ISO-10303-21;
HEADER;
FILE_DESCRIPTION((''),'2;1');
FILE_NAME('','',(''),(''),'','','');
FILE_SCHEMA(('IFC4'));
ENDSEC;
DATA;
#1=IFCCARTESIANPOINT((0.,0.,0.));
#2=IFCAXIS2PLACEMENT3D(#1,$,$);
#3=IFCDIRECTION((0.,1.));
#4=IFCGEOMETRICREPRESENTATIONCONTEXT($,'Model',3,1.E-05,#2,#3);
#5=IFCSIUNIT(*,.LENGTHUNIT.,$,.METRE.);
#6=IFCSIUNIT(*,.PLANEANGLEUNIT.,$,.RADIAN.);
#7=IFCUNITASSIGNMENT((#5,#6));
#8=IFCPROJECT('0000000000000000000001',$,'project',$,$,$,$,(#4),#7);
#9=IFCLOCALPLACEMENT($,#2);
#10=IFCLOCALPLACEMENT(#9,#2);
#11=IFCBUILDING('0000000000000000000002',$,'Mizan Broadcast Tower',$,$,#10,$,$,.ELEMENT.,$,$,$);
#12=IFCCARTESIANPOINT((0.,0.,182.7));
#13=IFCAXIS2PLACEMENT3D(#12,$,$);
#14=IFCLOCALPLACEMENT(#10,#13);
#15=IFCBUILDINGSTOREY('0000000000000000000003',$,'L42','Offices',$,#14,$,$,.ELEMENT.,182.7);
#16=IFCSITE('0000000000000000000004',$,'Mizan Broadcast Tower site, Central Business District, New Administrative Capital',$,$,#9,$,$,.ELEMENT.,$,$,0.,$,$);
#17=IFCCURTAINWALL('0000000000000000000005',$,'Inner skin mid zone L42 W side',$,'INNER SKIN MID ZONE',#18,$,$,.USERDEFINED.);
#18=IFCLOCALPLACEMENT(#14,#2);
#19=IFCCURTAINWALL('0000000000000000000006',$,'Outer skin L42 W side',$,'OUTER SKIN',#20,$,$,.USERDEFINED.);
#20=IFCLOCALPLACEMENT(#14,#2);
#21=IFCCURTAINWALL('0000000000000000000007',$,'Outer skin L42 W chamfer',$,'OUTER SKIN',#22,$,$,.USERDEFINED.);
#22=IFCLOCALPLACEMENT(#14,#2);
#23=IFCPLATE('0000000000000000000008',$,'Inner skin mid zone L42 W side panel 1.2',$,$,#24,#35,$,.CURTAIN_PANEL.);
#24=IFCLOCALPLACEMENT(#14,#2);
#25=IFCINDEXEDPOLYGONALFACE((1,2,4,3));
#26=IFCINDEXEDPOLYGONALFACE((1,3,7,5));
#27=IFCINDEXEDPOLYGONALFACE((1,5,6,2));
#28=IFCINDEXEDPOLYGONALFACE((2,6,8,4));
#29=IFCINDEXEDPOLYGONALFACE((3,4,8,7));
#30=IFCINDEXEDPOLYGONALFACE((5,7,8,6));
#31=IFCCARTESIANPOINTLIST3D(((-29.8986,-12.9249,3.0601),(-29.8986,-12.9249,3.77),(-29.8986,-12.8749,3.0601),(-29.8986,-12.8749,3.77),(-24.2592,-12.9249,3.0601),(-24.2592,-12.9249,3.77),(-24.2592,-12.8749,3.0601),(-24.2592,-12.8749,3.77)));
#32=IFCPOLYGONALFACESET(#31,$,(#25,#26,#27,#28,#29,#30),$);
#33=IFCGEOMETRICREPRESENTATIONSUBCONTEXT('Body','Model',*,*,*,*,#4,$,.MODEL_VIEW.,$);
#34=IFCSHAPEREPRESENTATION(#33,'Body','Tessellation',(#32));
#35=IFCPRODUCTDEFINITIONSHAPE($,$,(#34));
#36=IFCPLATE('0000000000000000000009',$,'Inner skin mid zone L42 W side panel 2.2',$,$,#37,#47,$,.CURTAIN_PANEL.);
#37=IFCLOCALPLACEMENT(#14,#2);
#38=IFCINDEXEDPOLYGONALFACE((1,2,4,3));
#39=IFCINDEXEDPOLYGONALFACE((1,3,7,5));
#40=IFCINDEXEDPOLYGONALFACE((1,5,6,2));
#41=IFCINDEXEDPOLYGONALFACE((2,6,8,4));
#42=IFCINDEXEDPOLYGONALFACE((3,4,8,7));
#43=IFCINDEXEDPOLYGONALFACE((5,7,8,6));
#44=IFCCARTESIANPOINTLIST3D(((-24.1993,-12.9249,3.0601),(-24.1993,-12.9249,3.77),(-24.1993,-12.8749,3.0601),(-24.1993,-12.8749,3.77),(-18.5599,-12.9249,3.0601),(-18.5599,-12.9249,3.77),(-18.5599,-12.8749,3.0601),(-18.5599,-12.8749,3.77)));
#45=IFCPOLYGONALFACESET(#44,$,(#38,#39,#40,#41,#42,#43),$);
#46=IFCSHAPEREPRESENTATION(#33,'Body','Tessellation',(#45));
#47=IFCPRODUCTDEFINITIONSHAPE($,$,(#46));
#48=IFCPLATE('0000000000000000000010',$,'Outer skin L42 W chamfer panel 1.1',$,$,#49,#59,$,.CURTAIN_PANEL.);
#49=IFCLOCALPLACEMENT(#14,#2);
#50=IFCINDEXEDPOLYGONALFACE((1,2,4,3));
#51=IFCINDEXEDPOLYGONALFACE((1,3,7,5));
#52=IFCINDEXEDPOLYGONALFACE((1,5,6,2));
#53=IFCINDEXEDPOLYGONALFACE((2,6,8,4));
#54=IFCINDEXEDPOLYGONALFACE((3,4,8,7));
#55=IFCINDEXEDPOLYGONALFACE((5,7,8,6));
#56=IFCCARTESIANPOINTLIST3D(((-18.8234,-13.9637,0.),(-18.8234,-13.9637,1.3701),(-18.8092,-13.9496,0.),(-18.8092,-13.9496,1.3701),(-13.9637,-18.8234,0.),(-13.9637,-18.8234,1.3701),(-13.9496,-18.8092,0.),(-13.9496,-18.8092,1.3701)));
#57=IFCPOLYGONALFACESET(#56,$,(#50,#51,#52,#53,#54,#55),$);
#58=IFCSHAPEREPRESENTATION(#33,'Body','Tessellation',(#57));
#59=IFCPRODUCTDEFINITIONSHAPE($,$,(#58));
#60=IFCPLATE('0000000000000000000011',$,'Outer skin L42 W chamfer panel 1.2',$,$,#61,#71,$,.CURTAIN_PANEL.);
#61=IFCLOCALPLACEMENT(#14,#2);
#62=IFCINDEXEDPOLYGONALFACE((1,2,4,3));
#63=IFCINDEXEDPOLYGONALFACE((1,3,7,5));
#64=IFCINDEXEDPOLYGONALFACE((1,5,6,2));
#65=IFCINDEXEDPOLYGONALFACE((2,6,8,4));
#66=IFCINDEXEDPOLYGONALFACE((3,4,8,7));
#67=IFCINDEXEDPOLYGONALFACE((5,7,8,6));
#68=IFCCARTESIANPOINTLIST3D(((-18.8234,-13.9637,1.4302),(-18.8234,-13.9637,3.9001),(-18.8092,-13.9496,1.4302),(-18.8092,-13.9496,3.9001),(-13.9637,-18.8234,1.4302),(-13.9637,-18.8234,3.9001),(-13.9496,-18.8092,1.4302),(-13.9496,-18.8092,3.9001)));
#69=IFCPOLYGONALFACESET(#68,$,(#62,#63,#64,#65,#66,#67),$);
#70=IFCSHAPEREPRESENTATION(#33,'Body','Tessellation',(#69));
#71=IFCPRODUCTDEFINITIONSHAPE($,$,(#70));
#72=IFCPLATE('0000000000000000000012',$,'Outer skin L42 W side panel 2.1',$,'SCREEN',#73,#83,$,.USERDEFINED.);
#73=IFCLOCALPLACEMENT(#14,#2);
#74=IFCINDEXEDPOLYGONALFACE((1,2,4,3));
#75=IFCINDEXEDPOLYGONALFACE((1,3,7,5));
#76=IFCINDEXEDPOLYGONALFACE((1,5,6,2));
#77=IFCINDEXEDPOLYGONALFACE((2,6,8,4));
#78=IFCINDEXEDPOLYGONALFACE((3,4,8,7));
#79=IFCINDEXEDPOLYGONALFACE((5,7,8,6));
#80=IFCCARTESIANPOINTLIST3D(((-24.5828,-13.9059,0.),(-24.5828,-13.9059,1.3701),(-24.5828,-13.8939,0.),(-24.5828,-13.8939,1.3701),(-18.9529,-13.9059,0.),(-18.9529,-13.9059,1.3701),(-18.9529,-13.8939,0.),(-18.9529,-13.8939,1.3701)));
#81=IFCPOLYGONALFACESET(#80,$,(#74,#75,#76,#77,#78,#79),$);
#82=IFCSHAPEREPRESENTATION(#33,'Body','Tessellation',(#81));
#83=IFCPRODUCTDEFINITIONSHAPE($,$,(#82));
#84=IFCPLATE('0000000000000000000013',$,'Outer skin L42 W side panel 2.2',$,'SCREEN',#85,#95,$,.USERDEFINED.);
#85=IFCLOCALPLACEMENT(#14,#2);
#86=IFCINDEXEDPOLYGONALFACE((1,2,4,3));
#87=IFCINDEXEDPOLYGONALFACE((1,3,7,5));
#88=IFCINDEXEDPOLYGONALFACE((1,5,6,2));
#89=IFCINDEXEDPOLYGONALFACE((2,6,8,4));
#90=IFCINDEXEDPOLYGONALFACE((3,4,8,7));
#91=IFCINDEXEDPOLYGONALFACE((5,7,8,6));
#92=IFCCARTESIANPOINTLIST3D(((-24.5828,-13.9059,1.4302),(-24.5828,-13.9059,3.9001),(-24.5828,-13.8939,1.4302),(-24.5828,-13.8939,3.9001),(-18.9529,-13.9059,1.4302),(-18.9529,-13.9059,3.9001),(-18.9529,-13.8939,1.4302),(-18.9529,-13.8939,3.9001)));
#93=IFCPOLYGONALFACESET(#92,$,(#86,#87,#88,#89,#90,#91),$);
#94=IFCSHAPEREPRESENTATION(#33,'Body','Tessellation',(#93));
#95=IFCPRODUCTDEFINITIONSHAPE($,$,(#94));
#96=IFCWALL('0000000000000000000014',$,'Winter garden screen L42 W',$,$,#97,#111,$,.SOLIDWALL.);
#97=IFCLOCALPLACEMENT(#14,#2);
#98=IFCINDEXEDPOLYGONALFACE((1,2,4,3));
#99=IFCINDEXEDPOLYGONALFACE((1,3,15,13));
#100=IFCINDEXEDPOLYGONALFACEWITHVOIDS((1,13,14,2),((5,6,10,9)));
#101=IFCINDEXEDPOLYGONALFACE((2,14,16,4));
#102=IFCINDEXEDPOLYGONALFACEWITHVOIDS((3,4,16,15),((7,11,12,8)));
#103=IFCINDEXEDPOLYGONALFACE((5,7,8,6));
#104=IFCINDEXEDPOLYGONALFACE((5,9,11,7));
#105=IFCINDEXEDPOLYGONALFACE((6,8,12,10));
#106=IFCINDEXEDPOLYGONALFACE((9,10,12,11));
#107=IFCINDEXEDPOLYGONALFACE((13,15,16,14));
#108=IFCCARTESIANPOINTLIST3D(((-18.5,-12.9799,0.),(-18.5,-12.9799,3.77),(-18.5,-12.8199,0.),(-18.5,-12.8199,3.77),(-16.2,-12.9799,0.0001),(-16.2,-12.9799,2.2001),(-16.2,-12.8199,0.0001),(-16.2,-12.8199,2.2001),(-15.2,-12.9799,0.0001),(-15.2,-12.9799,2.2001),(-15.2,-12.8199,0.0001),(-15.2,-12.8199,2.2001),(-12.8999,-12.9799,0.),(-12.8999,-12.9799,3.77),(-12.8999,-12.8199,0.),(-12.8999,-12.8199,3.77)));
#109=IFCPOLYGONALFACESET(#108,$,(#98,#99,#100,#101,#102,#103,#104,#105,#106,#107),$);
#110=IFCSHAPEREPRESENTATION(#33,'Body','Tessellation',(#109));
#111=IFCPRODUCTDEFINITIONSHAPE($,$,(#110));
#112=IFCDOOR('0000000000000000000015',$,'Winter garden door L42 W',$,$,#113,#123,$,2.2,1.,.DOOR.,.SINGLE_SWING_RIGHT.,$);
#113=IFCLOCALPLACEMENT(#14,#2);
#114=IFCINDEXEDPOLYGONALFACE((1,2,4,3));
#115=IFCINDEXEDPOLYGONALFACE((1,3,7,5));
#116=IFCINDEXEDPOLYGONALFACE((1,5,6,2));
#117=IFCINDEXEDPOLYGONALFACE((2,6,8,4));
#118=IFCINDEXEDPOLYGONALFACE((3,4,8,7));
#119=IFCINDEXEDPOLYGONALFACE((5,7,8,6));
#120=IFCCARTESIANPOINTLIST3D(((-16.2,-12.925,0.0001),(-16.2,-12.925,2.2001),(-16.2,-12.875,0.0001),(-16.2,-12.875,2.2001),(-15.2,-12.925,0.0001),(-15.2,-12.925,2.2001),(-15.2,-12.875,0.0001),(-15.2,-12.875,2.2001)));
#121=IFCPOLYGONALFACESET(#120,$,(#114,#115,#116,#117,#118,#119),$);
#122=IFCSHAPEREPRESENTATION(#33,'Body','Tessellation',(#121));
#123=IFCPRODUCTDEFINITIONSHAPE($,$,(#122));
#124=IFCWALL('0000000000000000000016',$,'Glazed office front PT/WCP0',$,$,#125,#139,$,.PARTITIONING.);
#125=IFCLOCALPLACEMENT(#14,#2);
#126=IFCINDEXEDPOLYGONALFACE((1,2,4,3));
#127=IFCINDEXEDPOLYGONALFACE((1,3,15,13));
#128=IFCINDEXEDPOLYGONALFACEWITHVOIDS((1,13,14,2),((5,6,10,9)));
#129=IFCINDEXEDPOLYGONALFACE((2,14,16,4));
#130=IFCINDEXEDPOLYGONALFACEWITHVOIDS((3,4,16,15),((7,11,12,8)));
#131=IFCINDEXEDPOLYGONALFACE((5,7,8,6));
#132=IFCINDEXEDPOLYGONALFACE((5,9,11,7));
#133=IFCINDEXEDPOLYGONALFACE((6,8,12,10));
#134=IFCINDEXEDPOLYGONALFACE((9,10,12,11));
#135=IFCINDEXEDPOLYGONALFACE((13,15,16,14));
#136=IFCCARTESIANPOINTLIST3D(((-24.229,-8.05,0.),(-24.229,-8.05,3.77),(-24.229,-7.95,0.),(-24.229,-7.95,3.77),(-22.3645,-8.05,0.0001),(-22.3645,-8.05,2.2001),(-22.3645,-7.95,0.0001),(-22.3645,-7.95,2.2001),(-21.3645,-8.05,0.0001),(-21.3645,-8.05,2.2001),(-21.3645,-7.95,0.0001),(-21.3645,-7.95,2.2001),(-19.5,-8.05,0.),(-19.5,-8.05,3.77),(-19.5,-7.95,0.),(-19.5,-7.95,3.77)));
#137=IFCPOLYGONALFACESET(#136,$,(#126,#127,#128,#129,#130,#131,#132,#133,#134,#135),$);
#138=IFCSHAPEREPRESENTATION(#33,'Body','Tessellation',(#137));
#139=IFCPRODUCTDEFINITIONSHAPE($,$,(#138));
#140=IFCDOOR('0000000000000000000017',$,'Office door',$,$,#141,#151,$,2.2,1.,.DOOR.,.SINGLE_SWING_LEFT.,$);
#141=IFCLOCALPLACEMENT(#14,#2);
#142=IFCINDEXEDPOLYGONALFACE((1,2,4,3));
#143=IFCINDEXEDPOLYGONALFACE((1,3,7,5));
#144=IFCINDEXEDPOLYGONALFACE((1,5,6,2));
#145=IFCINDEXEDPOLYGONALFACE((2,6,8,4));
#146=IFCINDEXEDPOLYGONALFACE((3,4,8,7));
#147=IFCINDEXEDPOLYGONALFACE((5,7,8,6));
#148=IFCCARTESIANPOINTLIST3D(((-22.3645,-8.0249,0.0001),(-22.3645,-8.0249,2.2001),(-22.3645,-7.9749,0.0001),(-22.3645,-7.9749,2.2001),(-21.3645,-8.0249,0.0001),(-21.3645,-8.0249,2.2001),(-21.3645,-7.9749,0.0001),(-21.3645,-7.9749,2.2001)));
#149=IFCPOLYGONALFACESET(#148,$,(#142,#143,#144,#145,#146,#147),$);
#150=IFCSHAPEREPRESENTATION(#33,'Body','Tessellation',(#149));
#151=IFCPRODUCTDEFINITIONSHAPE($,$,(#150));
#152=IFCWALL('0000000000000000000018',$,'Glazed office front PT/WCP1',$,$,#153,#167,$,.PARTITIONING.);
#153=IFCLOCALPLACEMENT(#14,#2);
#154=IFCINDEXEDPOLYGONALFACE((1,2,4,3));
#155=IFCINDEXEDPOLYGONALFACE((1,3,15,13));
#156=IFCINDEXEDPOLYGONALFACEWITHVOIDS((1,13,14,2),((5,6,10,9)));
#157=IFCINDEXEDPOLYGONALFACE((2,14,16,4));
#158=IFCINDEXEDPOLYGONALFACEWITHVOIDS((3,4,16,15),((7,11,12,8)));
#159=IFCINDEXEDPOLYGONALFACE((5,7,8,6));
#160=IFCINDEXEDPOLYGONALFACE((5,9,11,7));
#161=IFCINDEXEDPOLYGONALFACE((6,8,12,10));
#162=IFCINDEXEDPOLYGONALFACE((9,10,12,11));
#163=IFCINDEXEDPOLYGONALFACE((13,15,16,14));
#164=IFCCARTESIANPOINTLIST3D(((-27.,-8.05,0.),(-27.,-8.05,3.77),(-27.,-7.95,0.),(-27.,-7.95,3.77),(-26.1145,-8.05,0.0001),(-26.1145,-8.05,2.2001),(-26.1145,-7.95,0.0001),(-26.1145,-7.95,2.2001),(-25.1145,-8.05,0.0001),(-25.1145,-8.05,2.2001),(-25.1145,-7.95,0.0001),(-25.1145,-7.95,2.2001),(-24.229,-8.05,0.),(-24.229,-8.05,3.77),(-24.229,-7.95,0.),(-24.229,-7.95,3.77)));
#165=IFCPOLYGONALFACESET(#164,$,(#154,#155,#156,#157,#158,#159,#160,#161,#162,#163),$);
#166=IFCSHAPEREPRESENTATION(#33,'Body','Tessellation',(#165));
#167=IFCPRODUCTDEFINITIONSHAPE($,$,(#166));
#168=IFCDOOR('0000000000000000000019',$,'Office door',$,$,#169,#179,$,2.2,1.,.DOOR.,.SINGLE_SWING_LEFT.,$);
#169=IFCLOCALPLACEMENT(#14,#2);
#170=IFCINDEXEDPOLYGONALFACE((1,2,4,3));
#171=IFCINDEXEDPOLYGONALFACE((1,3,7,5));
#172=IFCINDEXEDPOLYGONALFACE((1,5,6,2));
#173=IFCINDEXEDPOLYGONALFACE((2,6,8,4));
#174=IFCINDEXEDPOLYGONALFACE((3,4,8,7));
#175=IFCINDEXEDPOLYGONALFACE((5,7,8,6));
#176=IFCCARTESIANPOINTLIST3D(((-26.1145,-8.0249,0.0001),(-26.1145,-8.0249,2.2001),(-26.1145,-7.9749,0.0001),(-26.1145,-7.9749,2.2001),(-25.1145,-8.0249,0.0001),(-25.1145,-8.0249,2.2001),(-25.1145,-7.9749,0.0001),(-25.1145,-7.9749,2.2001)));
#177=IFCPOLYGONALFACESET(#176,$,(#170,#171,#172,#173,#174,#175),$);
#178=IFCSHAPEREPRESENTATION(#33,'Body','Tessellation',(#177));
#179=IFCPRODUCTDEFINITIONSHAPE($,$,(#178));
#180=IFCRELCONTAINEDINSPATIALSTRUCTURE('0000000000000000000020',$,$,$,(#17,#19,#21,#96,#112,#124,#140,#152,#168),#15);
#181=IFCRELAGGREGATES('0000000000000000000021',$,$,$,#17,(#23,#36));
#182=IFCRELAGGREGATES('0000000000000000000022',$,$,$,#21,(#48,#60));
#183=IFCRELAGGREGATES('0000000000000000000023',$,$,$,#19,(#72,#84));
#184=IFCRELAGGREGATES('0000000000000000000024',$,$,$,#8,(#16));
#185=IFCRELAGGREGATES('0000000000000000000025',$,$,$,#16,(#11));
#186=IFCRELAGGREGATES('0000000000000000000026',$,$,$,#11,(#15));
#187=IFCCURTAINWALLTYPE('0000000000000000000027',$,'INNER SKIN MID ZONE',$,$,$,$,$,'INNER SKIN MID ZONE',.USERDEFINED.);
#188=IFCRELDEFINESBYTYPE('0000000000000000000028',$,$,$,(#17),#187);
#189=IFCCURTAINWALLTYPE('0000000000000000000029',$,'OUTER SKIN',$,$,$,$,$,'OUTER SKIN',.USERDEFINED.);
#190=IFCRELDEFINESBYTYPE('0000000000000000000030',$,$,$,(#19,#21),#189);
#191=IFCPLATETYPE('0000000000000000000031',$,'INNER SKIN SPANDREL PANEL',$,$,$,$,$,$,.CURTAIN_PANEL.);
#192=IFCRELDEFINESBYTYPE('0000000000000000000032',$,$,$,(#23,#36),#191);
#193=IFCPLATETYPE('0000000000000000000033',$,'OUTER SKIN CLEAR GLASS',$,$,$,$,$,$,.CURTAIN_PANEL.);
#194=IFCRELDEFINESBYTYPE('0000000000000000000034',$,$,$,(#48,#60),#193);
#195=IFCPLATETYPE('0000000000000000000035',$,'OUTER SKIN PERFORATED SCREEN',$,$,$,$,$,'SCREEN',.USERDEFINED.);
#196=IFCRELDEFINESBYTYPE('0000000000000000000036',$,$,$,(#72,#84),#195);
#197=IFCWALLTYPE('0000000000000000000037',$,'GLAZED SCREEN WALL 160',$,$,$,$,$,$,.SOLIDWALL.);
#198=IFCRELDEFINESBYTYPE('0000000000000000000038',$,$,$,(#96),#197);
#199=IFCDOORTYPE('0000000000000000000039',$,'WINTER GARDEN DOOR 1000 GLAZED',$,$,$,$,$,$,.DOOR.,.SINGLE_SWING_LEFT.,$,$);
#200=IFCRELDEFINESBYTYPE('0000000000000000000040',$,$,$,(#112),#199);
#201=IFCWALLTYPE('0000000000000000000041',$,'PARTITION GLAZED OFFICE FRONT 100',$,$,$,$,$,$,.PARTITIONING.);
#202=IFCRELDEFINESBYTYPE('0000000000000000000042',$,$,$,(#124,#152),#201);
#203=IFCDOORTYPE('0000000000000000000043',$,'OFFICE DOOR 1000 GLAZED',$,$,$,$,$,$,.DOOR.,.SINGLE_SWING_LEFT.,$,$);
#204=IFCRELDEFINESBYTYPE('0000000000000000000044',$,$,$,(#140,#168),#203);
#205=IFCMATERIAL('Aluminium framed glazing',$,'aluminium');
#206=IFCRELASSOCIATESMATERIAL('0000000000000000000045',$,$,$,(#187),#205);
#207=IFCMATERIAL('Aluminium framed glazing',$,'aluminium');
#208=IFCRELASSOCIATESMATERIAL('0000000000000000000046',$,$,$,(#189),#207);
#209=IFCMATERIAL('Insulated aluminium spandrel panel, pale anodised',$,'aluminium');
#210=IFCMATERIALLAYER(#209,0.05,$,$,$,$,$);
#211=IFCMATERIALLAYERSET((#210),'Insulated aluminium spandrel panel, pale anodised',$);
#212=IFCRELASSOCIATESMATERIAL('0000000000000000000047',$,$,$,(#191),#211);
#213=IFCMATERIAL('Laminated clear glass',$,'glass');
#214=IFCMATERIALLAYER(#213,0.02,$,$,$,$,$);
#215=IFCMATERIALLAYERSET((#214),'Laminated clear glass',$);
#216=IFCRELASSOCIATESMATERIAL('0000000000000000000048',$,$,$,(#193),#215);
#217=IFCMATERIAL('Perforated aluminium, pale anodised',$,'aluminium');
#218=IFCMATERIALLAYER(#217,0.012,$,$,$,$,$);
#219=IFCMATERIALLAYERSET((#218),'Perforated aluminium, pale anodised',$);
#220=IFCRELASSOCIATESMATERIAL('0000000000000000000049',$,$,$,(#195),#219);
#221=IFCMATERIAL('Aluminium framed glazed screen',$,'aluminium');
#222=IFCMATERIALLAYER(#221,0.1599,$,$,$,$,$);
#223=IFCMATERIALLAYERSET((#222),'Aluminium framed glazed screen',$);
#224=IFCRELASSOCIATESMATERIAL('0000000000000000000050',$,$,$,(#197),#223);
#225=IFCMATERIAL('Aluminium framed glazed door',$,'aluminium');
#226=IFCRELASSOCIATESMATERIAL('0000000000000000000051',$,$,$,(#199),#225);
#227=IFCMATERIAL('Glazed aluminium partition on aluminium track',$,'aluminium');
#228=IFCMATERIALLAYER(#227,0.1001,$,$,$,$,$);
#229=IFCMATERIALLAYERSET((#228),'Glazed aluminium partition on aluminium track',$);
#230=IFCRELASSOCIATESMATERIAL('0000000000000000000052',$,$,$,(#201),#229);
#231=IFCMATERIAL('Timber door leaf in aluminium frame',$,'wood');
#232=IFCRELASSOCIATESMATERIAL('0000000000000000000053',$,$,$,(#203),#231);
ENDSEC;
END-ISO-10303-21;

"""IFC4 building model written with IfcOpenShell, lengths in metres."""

from ifc_helpers import new_model, si_unit, direction, frame, frame_2d, origin, origin_2d, place, context, subcontext, project, spatial, rectangle, extrude, material, layer, layer_set, type_object, element, fill, aggregate, save


model = new_model("IFC4")

# Units and contexts
model_context = context("Model", 3, precision=1e-05, world=origin(), true_north=direction((0.0, 1.0)))
body_context = subcontext(model_context, "Body", "Model", "MODEL_VIEW")
ifc_project = project(units=[si_unit("LENGTHUNIT", "METRE"), si_unit("PLANEANGLEUNIT", "RADIAN")], contexts=[model_context])

# Site, building, storey
site_placement = place(None, origin())
site = spatial("IfcSite", under=ifc_project, at=site_placement, Name="Mizan Broadcast Tower site, Central Business District, New Administrative Capital", CompositionType="ELEMENT", RefElevation=0.0)
building_placement = place(site_placement, origin())
building = spatial("IfcBuilding", under=site, at=building_placement, Name="Mizan Broadcast Tower", CompositionType="ELEMENT")
storey_placement = place(building_placement, frame((0.0, 0.0, 182.7)))
storey = spatial("IfcBuildingStorey", under=building, at=storey_placement, Name="L42", Description="Offices", CompositionType="ELEMENT", Elevation=182.7)

# Curtain walls
ifc_material_1 = material(Name="Aluminium framed glazing", Category="aluminium")
curtain_wall_type_1 = type_object("IfcCurtainWallType", Name="INNER SKIN MID ZONE", ElementType="INNER SKIN MID ZONE", PredefinedType="USERDEFINED", material=ifc_material_1)
curtain_wall_1_placement = place(storey_placement, origin())
curtain_wall_1 = element("IfcCurtainWall", 1, at=curtain_wall_1_placement, inside=storey, type_object=curtain_wall_type_1, Name="Inner skin mid zone L42 W side", ObjectType="INNER SKIN MID ZONE", PredefinedType="USERDEFINED")
ifc_material_2 = material(Name="Aluminium framed glazing", Category="aluminium")
curtain_wall_type_2 = type_object("IfcCurtainWallType", Name="OUTER SKIN", ElementType="OUTER SKIN", PredefinedType="USERDEFINED", material=ifc_material_2)
curtain_wall_2_placement = place(storey_placement, origin())
curtain_wall_2 = element("IfcCurtainWall", 2, at=curtain_wall_2_placement, inside=storey, type_object=curtain_wall_type_2, Name="Outer skin L42 W side", ObjectType="OUTER SKIN", PredefinedType="USERDEFINED")

# Curtain wall
curtain_wall_3_placement = place(storey_placement, origin())
curtain_wall_3 = element("IfcCurtainWall", 3, at=curtain_wall_3_placement, inside=storey, type_object=curtain_wall_type_2, Name="Outer skin L42 W chamfer", ObjectType="OUTER SKIN", PredefinedType="USERDEFINED")

# Plates
ifc_material_3 = material(Name="Insulated aluminium spandrel panel, pale anodised", Category="aluminium")
ifc_layer_1 = layer(ifc_material_3, 0.05)
ifc_layer_set_1 = layer_set([ifc_layer_1], Name="Insulated aluminium spandrel panel, pale anodised")
plate_type_1 = type_object("IfcPlateType", Name="INNER SKIN SPANDREL PANEL", PredefinedType="CURTAIN_PANEL", material=ifc_layer_set_1)
plate_1_placement = place(storey_placement, frame((-27.0789, -12.8999, 3.0601), z_axis=(0.0, 0.0, 1.0), x_axis=(1.0, 0.0, 0.0)))
plate_1 = element("IfcPlate", 4, at=plate_1_placement, type_object=plate_type_1, Name="Inner skin mid zone L42 W side panel 1.2", PredefinedType="CURTAIN_PANEL", context=body_context, shape_type="SweptSolid", body=[
    extrude(rectangle(XDim=5.6394, YDim=0.05, at=origin_2d()), origin(), (0.0, 0.0, 1.0), 0.71),
])
plate_2_placement = place(storey_placement, frame((-21.3796, -12.8999, 3.0601), z_axis=(0.0, 0.0, 1.0), x_axis=(1.0, 0.0, 0.0)))
plate_2 = element("IfcPlate", 5, at=plate_2_placement, type_object=plate_type_1, Name="Inner skin mid zone L42 W side panel 2.2", PredefinedType="CURTAIN_PANEL", context=body_context, shape_type="SweptSolid", body=[
    extrude(rectangle(XDim=5.6394, YDim=0.05, at=origin_2d()), origin(), (0.0, 0.0, 1.0), 0.71),
])
aggregate(curtain_wall_1, [plate_1, plate_2])
ifc_material_4 = material(Name="Laminated clear glass", Category="glass")
ifc_layer_2 = layer(ifc_material_4, 0.02)
ifc_layer_set_2 = layer_set([ifc_layer_2], Name="Laminated clear glass")
plate_type_2 = type_object("IfcPlateType", Name="OUTER SKIN CLEAR GLASS", PredefinedType="CURTAIN_PANEL", material=ifc_layer_set_2)
plate_3_placement = place(storey_placement, frame((-16.3865, -16.3865, 0.0), z_axis=(0.0, 0.0, 1.0), x_axis=(0.707107, -0.707107, 0.0)))
plate_3 = element("IfcPlate", 6, at=plate_3_placement, type_object=plate_type_2, Name="Outer skin L42 W chamfer panel 1.1", PredefinedType="CURTAIN_PANEL", context=body_context, shape_type="SweptSolid", body=[
    extrude(rectangle(XDim=6.8726, YDim=0.02, at=origin_2d()), origin(), (0.0, 0.0, 1.0), 1.3701),
])
plate_4_placement = place(storey_placement, frame((-16.3865, -16.3865, 1.4302), z_axis=(0.0, 0.0, 1.0), x_axis=(0.707107, -0.707107, 0.0)))
plate_4 = element("IfcPlate", 7, at=plate_4_placement, type_object=plate_type_2, Name="Outer skin L42 W chamfer panel 1.2", PredefinedType="CURTAIN_PANEL", context=body_context, shape_type="SweptSolid", body=[
    extrude(rectangle(XDim=6.8726, YDim=0.02, at=origin_2d()), origin(), (0.0, 0.0, 1.0), 2.47),
])
aggregate(curtain_wall_3, [plate_3, plate_4])
ifc_material_5 = material(Name="Perforated aluminium, pale anodised", Category="aluminium")
ifc_layer_3 = layer(ifc_material_5, 0.012)
ifc_layer_set_3 = layer_set([ifc_layer_3], Name="Perforated aluminium, pale anodised")
plate_type_3 = type_object("IfcPlateType", Name="OUTER SKIN PERFORATED SCREEN", ElementType="SCREEN", PredefinedType="USERDEFINED", material=ifc_layer_set_3)
plate_5_placement = place(storey_placement, frame((-21.7678, -13.8999, 0.0), z_axis=(0.0, 0.0, 1.0), x_axis=(1.0, 0.0, 0.0)))
plate_5 = element("IfcPlate", 8, at=plate_5_placement, type_object=plate_type_3, Name="Outer skin L42 W side panel 2.1", ObjectType="SCREEN", PredefinedType="USERDEFINED", context=body_context, shape_type="SweptSolid", body=[
    extrude(rectangle(XDim=5.6299, YDim=0.012, at=origin_2d()), origin(), (0.0, 0.0, 1.0), 1.3701),
])
plate_6_placement = place(storey_placement, frame((-21.7678, -13.8999, 1.4302), z_axis=(0.0, 0.0, 1.0), x_axis=(1.0, 0.0, 0.0)))
plate_6 = element("IfcPlate", 9, at=plate_6_placement, type_object=plate_type_3, Name="Outer skin L42 W side panel 2.2", ObjectType="SCREEN", PredefinedType="USERDEFINED", context=body_context, shape_type="SweptSolid", body=[
    extrude(rectangle(XDim=5.6299, YDim=0.012, at=origin_2d()), origin(), (0.0, 0.0, 1.0), 2.47),
])
aggregate(curtain_wall_2, [plate_5, plate_6])

# Walls, openings, doors
ifc_material_6 = material(Name="Aluminium framed glazed screen", Category="aluminium")
ifc_layer_4 = layer(ifc_material_6, 0.1599)
ifc_layer_set_4 = layer_set([ifc_layer_4], Name="Aluminium framed glazed screen")
wall_type_1 = type_object("IfcWallType", Name="GLAZED SCREEN WALL 160", PredefinedType="SOLIDWALL", material=ifc_layer_set_4)
wall_1_placement = place(storey_placement, frame((-18.5, -12.8999, 0.0), z_axis=(0.0, 0.0, 1.0), x_axis=(1.0, 0.0, 0.0)))
wall_1 = element("IfcWall", 10, at=wall_1_placement, inside=storey, type_object=wall_type_1, Name="Winter garden screen L42 W", PredefinedType="SOLIDWALL", context=body_context, shape_type="SweptSolid", body=[
    extrude(rectangle(XDim=5.6001, YDim=0.1599, at=frame_2d((2.8, 0.0))), origin(), (0.0, 0.0, 1.0), 3.77),
])
opening_1_placement = place(wall_1_placement, frame((2.3, 0.0, 0.0)))
opening_1 = element("IfcOpeningElement", 11, at=opening_1_placement, cuts=wall_1, PredefinedType="OPENING", context=body_context, shape_type="SweptSolid", body=[
    extrude(rectangle(XDim=1.0, YDim=2.2, at=frame_2d((0.5, 1.1001))), frame((0.0, 0.0898, 0.0), z_axis=(0.0, -1.0, 0.0), x_axis=(1.0, 0.0, 0.0)), (0.0, 0.0, 1.0), 0.1799),
])
ifc_material_7 = material(Name="Aluminium framed glazed door", Category="aluminium")
door_type_1 = type_object("IfcDoorType", Name="WINTER GARDEN DOOR 1000 GLAZED", OperationType="SINGLE_SWING_LEFT", PredefinedType="DOOR", material=ifc_material_7)
door_1_placement = place(opening_1_placement, origin())
door_1 = element("IfcDoor", 12, at=door_1_placement, inside=storey, type_object=door_type_1, Name="Winter garden door L42 W", OperationType="SINGLE_SWING_RIGHT", OverallHeight=2.2, OverallWidth=1.0, PredefinedType="DOOR", context=body_context, shape_type="SweptSolid", body=[
    extrude(rectangle(XDim=1.0, YDim=2.2, at=frame_2d((0.5, 1.1001))), frame((0.0, 0.0249, 0.0), z_axis=(0.0, -1.0, 0.0), x_axis=(1.0, 0.0, 0.0)), (0.0, 0.0, 1.0), 0.05),
])
fill(opening_1, door_1)
ifc_material_8 = material(Name="Glazed aluminium partition on aluminium track", Category="aluminium")
ifc_layer_5 = layer(ifc_material_8, 0.1001)
ifc_layer_set_5 = layer_set([ifc_layer_5], Name="Glazed aluminium partition on aluminium track")
wall_type_2 = type_object("IfcWallType", Name="PARTITION GLAZED OFFICE FRONT 100", PredefinedType="PARTITIONING", material=ifc_layer_set_5)
wall_2_placement = place(storey_placement, frame((-19.5, -8.0, 0.0), z_axis=(0.0, 0.0, 1.0), x_axis=(-1.0, 0.0, 0.0)))
wall_2 = element("IfcWall", 13, at=wall_2_placement, inside=storey, type_object=wall_type_2, Name="Glazed office front PT/WCP0", PredefinedType="PARTITIONING", context=body_context, shape_type="SweptSolid", body=[
    extrude(rectangle(XDim=4.729, YDim=0.1001, at=frame_2d((2.3645, 0.0))), origin(), (0.0, 0.0, 1.0), 3.77),
])
opening_2_placement = place(wall_2_placement, frame((1.8645, 0.0, 0.0)))
opening_2 = element("IfcOpeningElement", 14, at=opening_2_placement, cuts=wall_2, PredefinedType="OPENING", context=body_context, shape_type="SweptSolid", body=[
    extrude(rectangle(XDim=1.0, YDim=2.2, at=frame_2d((0.5, 1.1001))), frame((0.0, 0.0601, 0.0), z_axis=(0.0, -1.0, 0.0), x_axis=(1.0, 0.0, 0.0)), (0.0, 0.0, 1.0), 0.1201),
])
ifc_material_9 = material(Name="Timber door leaf in aluminium frame", Category="wood")
door_type_2 = type_object("IfcDoorType", Name="OFFICE DOOR 1000 GLAZED", OperationType="SINGLE_SWING_LEFT", PredefinedType="DOOR", material=ifc_material_9)
door_2_placement = place(opening_2_placement, origin())
door_2 = element("IfcDoor", 15, at=door_2_placement, inside=storey, type_object=door_type_2, Name="Office door", OperationType="SINGLE_SWING_LEFT", OverallHeight=2.2, OverallWidth=1.0, PredefinedType="DOOR", context=body_context, shape_type="SweptSolid", body=[
    extrude(rectangle(XDim=1.0, YDim=2.2, at=frame_2d((0.5, 1.1001))), frame((0.0, 0.0249, 0.0), z_axis=(0.0, -1.0, 0.0), x_axis=(1.0, 0.0, 0.0)), (0.0, 0.0, 1.0), 0.05),
])
fill(opening_2, door_2)
wall_3_placement = place(storey_placement, frame((-24.229, -8.0, 0.0), z_axis=(0.0, 0.0, 1.0), x_axis=(-1.0, 0.0, 0.0)))
wall_3 = element("IfcWall", 16, at=wall_3_placement, inside=storey, type_object=wall_type_2, Name="Glazed office front PT/WCP1", PredefinedType="PARTITIONING", context=body_context, shape_type="SweptSolid", body=[
    extrude(rectangle(XDim=2.771, YDim=0.1001, at=frame_2d((1.3855, 0.0))), origin(), (0.0, 0.0, 1.0), 3.77),
])
opening_3_placement = place(wall_3_placement, frame((0.8855, 0.0, 0.0)))
opening_3 = element("IfcOpeningElement", 17, at=opening_3_placement, cuts=wall_3, PredefinedType="OPENING", context=body_context, shape_type="SweptSolid", body=[
    extrude(rectangle(XDim=1.0, YDim=2.2, at=frame_2d((0.5, 1.1001))), frame((0.0, 0.0601, 0.0), z_axis=(0.0, -1.0, 0.0), x_axis=(1.0, 0.0, 0.0)), (0.0, 0.0, 1.0), 0.1201),
])
door_3_placement = place(opening_3_placement, origin())
door_3 = element("IfcDoor", 18, at=door_3_placement, inside=storey, type_object=door_type_2, Name="Office door", OperationType="SINGLE_SWING_LEFT", OverallHeight=2.2, OverallWidth=1.0, PredefinedType="DOOR", context=body_context, shape_type="SweptSolid", body=[
    extrude(rectangle(XDim=1.0, YDim=2.2, at=frame_2d((0.5, 1.1001))), frame((0.0, 0.0249, 0.0), z_axis=(0.0, -1.0, 0.0), x_axis=(1.0, 0.0, 0.0)), (0.0, 0.0, 1.0), 0.05),
])
fill(opening_3, door_3)

save(model, "model.ifc")
